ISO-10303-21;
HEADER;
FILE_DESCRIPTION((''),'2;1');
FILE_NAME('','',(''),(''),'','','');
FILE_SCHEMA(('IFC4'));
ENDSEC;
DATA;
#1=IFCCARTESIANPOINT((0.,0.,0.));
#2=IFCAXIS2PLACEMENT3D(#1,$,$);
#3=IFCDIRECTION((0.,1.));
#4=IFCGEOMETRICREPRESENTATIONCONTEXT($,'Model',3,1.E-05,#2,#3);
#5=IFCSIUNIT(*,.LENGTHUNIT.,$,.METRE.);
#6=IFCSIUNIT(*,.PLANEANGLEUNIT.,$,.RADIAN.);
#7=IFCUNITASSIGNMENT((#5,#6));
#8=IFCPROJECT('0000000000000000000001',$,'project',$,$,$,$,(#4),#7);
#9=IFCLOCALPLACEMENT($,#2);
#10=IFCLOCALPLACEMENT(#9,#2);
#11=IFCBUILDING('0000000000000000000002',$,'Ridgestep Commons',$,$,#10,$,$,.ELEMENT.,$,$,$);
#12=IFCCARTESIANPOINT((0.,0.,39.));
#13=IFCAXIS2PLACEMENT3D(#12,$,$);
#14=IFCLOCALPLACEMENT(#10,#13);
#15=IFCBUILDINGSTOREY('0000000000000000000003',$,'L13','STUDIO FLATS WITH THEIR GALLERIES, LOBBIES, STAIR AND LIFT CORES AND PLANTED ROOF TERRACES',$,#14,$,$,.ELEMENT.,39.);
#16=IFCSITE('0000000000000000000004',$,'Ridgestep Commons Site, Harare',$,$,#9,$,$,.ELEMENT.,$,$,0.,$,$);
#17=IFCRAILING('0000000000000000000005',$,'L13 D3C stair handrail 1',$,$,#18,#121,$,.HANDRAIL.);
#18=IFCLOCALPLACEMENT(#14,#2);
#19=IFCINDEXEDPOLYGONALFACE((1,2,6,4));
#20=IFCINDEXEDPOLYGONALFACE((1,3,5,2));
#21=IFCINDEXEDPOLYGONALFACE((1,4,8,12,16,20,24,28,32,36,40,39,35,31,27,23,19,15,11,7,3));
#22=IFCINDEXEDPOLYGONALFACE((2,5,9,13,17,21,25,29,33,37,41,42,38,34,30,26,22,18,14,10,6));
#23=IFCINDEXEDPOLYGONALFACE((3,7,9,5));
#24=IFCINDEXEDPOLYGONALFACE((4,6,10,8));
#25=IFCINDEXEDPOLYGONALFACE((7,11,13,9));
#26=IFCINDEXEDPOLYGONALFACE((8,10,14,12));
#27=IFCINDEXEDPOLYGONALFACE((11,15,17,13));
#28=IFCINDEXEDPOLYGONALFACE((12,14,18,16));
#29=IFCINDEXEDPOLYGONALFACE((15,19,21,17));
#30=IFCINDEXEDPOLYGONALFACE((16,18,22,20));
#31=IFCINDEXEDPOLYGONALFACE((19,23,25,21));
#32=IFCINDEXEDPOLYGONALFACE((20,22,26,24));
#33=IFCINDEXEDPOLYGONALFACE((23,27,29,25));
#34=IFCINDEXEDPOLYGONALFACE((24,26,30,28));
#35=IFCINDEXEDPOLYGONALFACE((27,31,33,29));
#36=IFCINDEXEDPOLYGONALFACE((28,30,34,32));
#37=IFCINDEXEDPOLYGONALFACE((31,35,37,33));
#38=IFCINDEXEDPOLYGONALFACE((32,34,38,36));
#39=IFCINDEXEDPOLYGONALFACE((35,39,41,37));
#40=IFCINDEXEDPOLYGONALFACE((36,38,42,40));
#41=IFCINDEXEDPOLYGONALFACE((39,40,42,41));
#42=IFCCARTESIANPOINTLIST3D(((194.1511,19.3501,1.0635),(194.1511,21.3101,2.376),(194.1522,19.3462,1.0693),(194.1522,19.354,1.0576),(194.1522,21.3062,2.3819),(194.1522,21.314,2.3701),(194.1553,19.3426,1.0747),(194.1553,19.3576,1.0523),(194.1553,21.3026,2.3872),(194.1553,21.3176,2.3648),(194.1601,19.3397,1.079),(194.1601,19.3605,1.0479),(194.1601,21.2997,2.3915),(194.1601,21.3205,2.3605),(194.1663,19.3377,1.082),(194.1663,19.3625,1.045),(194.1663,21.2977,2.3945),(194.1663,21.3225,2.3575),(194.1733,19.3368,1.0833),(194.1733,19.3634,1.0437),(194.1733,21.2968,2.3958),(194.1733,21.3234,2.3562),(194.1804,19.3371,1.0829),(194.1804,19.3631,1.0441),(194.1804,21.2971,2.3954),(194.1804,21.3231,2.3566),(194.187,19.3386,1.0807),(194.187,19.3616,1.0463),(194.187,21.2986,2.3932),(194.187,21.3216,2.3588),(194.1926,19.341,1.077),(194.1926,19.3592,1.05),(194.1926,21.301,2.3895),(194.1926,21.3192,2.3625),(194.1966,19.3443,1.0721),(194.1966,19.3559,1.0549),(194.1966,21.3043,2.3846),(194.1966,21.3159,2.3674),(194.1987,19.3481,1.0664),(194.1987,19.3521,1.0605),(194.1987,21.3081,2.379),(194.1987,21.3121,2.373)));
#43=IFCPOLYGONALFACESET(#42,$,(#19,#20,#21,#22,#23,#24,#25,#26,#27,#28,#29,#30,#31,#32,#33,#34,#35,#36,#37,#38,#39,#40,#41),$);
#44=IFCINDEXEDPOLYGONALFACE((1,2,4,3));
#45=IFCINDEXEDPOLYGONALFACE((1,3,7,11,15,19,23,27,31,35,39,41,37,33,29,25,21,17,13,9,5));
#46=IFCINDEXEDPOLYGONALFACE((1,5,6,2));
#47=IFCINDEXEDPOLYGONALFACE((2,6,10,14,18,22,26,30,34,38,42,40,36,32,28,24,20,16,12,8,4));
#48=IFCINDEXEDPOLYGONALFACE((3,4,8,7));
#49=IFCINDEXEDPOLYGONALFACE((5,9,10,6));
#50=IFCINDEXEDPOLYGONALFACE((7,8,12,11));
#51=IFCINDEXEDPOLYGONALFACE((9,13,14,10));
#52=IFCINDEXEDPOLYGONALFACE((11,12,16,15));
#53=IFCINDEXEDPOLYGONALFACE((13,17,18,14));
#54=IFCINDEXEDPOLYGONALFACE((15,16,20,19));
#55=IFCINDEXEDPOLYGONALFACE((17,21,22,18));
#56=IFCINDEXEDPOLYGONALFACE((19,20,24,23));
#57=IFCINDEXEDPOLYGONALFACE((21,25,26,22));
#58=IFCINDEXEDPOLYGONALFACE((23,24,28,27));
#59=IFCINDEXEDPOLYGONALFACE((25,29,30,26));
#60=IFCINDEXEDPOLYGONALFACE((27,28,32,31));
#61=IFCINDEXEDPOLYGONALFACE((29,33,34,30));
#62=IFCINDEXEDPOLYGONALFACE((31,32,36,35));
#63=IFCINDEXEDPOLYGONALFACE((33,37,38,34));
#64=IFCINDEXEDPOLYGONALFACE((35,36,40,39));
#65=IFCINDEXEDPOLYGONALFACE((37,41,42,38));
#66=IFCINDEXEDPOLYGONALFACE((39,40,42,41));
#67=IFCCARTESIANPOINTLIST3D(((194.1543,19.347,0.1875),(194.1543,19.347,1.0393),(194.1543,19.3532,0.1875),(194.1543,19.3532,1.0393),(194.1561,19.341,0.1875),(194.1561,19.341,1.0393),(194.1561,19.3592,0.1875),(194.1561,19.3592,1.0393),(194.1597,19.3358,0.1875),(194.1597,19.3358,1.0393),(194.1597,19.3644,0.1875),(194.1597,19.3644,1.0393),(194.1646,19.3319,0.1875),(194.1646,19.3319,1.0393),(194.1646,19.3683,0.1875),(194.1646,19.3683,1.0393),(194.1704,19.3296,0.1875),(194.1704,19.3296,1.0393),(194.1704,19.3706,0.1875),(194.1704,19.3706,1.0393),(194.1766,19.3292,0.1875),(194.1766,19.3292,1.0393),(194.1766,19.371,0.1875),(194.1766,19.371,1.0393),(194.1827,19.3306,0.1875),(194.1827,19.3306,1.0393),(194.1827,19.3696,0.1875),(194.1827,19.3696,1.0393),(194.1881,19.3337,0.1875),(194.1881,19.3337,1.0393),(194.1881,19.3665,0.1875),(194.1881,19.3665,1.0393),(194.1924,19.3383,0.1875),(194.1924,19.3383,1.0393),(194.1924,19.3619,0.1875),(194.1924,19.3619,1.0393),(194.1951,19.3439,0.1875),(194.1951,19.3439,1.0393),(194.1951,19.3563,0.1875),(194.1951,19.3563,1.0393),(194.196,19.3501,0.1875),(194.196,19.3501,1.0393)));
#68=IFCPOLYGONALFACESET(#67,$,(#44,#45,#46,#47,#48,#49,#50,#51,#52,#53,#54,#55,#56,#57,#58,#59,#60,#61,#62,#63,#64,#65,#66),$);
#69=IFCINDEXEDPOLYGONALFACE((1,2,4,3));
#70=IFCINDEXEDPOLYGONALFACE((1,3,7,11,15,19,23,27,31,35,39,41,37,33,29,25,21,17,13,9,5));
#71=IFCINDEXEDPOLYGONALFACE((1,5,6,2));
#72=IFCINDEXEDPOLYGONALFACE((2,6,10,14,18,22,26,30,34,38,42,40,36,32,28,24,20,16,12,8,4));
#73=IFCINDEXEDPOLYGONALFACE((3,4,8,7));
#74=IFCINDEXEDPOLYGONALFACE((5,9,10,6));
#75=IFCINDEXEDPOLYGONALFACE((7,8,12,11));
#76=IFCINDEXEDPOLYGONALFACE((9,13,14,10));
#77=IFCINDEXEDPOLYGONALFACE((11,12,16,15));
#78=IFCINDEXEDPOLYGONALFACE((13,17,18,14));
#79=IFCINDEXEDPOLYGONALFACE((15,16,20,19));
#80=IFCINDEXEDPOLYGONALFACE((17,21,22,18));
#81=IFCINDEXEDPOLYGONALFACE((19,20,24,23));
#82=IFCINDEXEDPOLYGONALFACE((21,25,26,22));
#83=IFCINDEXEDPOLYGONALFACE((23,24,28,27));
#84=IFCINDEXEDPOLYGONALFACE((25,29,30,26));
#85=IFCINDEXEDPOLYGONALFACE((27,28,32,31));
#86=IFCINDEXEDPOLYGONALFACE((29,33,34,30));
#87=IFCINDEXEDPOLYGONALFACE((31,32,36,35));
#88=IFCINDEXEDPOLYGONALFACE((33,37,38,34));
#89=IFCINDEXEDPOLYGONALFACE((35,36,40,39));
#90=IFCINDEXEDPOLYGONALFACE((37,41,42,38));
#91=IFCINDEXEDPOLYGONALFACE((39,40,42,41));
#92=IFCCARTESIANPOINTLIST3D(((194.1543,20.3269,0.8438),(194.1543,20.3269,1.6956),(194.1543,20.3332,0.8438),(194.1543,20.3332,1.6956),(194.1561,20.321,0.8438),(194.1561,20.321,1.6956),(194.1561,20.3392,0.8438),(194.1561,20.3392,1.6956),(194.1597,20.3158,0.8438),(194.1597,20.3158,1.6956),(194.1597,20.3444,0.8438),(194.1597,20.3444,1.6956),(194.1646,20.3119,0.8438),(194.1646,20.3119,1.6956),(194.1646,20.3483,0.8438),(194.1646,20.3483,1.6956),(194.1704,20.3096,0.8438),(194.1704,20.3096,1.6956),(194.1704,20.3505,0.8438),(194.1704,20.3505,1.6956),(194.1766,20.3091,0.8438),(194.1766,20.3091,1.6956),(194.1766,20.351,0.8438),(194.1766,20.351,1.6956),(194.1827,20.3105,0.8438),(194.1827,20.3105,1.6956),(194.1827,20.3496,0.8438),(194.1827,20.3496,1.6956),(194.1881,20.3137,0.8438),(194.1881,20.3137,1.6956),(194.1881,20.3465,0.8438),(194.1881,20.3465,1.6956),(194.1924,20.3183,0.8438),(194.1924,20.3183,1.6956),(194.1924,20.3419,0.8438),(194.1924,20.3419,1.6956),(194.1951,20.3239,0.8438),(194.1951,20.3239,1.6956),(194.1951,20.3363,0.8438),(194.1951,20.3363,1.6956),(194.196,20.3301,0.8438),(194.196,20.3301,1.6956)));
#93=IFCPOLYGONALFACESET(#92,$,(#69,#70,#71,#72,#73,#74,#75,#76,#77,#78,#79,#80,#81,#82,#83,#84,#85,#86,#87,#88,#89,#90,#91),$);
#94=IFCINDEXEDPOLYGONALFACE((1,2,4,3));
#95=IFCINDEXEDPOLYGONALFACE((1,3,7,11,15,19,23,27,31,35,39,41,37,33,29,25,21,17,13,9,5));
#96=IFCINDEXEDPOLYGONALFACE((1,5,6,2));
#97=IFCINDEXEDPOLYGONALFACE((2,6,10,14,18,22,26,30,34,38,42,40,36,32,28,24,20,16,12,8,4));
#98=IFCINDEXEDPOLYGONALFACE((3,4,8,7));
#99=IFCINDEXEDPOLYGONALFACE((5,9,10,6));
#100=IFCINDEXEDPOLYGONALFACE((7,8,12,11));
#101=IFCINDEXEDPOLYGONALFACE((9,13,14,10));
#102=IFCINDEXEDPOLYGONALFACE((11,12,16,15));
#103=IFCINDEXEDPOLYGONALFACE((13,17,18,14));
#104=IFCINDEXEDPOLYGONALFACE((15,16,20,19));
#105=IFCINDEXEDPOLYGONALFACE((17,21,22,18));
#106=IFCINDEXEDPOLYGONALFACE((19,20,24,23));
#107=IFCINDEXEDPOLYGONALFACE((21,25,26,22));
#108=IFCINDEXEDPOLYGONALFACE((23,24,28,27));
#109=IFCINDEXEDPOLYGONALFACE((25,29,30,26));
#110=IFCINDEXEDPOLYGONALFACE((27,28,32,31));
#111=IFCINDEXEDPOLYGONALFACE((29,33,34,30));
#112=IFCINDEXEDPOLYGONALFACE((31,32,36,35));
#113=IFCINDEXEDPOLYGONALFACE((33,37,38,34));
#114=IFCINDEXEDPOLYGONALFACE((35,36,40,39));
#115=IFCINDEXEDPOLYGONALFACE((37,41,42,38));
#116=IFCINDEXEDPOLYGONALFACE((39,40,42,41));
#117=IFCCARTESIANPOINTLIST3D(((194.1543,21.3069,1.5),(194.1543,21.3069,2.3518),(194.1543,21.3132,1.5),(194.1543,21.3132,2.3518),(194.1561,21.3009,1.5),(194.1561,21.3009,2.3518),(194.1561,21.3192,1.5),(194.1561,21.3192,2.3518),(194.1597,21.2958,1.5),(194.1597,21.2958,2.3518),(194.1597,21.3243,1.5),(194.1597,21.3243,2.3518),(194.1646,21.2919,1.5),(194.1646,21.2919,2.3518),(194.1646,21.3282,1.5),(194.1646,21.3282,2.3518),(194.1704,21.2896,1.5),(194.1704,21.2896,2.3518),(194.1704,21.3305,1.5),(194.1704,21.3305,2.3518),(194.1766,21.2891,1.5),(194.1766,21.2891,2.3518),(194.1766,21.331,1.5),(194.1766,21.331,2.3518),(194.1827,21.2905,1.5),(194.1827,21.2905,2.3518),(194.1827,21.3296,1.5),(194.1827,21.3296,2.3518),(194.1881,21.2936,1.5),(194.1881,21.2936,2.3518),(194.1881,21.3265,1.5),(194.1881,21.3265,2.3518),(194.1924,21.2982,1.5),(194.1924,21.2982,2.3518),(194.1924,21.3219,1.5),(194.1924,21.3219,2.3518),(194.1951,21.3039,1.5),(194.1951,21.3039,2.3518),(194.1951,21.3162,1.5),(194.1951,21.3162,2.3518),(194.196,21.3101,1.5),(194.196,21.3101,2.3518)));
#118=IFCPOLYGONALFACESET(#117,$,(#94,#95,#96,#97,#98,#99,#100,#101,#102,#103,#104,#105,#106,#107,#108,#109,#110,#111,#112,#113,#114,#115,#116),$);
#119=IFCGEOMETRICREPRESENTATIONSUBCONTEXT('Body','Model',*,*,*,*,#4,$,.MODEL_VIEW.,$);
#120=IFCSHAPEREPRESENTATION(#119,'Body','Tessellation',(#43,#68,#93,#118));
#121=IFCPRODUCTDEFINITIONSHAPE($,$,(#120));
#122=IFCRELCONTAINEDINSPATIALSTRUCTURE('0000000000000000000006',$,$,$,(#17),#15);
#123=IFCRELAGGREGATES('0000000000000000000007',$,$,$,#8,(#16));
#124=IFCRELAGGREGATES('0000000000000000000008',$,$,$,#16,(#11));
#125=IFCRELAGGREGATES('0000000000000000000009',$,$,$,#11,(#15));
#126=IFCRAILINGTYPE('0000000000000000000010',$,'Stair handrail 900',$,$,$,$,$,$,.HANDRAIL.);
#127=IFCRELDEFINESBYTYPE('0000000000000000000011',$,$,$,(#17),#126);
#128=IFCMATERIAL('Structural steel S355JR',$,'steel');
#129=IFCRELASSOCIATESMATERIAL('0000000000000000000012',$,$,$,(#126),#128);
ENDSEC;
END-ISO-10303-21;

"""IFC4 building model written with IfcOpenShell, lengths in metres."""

from ifc_helpers import new_model, si_unit, direction, frame, origin, origin_2d, place, context, subcontext, project, spatial, circle, extrude, material, type_object, element, save


model = new_model("IFC4")

# Units and contexts
model_context = context("Model", 3, precision=1e-05, world=origin(), true_north=direction((0.0, 1.0)))
body_context = subcontext(model_context, "Body", "Model", "MODEL_VIEW")
ifc_project = project(units=[si_unit("LENGTHUNIT", "METRE"), si_unit("PLANEANGLEUNIT", "RADIAN")], contexts=[model_context])

# Site, building, storey
site_placement = place(None, origin())
site = spatial("IfcSite", under=ifc_project, at=site_placement, Name="Ridgestep Commons Site, Harare", CompositionType="ELEMENT", RefElevation=0.0)
building_placement = place(site_placement, origin())
building = spatial("IfcBuilding", under=site, at=building_placement, Name="Ridgestep Commons", CompositionType="ELEMENT")
storey_placement = place(building_placement, frame((0.0, 0.0, 39.0)))
storey = spatial("IfcBuildingStorey", under=building, at=storey_placement, Name="L13", Description="STUDIO FLATS WITH THEIR GALLERIES, LOBBIES, STAIR AND LIFT CORES AND PLANTED ROOF TERRACES", CompositionType="ELEMENT", Elevation=39.0)

# Railing
ifc_material_1 = material(Name="Structural steel S355JR", Category="steel")
railing_type_1 = type_object("IfcRailingType", Name="Stair handrail 900", PredefinedType="HANDRAIL", material=ifc_material_1)
railing_1_placement = place(storey_placement, frame((194.175, 19.3501, 0.1875)))
element("IfcRailing", 1, at=railing_1_placement, inside=storey, type_object=railing_type_1, Name="L13 D3C stair handrail 1", PredefinedType="HANDRAIL", context=body_context, shape_type="SweptSolid", body=[
    extrude(circle(Radius=0.0239, at=origin_2d()), frame((0.0, 0.0, 0.876), z_axis=(0.0, 0.830902, 0.556419), x_axis=(-1.0, 0.0, 0.0)), (0.0, 0.0, 1.0), 2.3589),
    extrude(circle(Radius=0.021, at=origin_2d()), origin(), (0.0, 0.0, 1.0), 0.8518),
    extrude(circle(Radius=0.021, at=origin_2d()), frame((0.0, 0.98, 0.6562)), (0.0, 0.0, 1.0), 0.8518),
    extrude(circle(Radius=0.021, at=origin_2d()), frame((0.0, 1.96, 1.3125)), (0.0, 0.0, 1.0), 0.8518),
])

save(model, "model.ifc")
